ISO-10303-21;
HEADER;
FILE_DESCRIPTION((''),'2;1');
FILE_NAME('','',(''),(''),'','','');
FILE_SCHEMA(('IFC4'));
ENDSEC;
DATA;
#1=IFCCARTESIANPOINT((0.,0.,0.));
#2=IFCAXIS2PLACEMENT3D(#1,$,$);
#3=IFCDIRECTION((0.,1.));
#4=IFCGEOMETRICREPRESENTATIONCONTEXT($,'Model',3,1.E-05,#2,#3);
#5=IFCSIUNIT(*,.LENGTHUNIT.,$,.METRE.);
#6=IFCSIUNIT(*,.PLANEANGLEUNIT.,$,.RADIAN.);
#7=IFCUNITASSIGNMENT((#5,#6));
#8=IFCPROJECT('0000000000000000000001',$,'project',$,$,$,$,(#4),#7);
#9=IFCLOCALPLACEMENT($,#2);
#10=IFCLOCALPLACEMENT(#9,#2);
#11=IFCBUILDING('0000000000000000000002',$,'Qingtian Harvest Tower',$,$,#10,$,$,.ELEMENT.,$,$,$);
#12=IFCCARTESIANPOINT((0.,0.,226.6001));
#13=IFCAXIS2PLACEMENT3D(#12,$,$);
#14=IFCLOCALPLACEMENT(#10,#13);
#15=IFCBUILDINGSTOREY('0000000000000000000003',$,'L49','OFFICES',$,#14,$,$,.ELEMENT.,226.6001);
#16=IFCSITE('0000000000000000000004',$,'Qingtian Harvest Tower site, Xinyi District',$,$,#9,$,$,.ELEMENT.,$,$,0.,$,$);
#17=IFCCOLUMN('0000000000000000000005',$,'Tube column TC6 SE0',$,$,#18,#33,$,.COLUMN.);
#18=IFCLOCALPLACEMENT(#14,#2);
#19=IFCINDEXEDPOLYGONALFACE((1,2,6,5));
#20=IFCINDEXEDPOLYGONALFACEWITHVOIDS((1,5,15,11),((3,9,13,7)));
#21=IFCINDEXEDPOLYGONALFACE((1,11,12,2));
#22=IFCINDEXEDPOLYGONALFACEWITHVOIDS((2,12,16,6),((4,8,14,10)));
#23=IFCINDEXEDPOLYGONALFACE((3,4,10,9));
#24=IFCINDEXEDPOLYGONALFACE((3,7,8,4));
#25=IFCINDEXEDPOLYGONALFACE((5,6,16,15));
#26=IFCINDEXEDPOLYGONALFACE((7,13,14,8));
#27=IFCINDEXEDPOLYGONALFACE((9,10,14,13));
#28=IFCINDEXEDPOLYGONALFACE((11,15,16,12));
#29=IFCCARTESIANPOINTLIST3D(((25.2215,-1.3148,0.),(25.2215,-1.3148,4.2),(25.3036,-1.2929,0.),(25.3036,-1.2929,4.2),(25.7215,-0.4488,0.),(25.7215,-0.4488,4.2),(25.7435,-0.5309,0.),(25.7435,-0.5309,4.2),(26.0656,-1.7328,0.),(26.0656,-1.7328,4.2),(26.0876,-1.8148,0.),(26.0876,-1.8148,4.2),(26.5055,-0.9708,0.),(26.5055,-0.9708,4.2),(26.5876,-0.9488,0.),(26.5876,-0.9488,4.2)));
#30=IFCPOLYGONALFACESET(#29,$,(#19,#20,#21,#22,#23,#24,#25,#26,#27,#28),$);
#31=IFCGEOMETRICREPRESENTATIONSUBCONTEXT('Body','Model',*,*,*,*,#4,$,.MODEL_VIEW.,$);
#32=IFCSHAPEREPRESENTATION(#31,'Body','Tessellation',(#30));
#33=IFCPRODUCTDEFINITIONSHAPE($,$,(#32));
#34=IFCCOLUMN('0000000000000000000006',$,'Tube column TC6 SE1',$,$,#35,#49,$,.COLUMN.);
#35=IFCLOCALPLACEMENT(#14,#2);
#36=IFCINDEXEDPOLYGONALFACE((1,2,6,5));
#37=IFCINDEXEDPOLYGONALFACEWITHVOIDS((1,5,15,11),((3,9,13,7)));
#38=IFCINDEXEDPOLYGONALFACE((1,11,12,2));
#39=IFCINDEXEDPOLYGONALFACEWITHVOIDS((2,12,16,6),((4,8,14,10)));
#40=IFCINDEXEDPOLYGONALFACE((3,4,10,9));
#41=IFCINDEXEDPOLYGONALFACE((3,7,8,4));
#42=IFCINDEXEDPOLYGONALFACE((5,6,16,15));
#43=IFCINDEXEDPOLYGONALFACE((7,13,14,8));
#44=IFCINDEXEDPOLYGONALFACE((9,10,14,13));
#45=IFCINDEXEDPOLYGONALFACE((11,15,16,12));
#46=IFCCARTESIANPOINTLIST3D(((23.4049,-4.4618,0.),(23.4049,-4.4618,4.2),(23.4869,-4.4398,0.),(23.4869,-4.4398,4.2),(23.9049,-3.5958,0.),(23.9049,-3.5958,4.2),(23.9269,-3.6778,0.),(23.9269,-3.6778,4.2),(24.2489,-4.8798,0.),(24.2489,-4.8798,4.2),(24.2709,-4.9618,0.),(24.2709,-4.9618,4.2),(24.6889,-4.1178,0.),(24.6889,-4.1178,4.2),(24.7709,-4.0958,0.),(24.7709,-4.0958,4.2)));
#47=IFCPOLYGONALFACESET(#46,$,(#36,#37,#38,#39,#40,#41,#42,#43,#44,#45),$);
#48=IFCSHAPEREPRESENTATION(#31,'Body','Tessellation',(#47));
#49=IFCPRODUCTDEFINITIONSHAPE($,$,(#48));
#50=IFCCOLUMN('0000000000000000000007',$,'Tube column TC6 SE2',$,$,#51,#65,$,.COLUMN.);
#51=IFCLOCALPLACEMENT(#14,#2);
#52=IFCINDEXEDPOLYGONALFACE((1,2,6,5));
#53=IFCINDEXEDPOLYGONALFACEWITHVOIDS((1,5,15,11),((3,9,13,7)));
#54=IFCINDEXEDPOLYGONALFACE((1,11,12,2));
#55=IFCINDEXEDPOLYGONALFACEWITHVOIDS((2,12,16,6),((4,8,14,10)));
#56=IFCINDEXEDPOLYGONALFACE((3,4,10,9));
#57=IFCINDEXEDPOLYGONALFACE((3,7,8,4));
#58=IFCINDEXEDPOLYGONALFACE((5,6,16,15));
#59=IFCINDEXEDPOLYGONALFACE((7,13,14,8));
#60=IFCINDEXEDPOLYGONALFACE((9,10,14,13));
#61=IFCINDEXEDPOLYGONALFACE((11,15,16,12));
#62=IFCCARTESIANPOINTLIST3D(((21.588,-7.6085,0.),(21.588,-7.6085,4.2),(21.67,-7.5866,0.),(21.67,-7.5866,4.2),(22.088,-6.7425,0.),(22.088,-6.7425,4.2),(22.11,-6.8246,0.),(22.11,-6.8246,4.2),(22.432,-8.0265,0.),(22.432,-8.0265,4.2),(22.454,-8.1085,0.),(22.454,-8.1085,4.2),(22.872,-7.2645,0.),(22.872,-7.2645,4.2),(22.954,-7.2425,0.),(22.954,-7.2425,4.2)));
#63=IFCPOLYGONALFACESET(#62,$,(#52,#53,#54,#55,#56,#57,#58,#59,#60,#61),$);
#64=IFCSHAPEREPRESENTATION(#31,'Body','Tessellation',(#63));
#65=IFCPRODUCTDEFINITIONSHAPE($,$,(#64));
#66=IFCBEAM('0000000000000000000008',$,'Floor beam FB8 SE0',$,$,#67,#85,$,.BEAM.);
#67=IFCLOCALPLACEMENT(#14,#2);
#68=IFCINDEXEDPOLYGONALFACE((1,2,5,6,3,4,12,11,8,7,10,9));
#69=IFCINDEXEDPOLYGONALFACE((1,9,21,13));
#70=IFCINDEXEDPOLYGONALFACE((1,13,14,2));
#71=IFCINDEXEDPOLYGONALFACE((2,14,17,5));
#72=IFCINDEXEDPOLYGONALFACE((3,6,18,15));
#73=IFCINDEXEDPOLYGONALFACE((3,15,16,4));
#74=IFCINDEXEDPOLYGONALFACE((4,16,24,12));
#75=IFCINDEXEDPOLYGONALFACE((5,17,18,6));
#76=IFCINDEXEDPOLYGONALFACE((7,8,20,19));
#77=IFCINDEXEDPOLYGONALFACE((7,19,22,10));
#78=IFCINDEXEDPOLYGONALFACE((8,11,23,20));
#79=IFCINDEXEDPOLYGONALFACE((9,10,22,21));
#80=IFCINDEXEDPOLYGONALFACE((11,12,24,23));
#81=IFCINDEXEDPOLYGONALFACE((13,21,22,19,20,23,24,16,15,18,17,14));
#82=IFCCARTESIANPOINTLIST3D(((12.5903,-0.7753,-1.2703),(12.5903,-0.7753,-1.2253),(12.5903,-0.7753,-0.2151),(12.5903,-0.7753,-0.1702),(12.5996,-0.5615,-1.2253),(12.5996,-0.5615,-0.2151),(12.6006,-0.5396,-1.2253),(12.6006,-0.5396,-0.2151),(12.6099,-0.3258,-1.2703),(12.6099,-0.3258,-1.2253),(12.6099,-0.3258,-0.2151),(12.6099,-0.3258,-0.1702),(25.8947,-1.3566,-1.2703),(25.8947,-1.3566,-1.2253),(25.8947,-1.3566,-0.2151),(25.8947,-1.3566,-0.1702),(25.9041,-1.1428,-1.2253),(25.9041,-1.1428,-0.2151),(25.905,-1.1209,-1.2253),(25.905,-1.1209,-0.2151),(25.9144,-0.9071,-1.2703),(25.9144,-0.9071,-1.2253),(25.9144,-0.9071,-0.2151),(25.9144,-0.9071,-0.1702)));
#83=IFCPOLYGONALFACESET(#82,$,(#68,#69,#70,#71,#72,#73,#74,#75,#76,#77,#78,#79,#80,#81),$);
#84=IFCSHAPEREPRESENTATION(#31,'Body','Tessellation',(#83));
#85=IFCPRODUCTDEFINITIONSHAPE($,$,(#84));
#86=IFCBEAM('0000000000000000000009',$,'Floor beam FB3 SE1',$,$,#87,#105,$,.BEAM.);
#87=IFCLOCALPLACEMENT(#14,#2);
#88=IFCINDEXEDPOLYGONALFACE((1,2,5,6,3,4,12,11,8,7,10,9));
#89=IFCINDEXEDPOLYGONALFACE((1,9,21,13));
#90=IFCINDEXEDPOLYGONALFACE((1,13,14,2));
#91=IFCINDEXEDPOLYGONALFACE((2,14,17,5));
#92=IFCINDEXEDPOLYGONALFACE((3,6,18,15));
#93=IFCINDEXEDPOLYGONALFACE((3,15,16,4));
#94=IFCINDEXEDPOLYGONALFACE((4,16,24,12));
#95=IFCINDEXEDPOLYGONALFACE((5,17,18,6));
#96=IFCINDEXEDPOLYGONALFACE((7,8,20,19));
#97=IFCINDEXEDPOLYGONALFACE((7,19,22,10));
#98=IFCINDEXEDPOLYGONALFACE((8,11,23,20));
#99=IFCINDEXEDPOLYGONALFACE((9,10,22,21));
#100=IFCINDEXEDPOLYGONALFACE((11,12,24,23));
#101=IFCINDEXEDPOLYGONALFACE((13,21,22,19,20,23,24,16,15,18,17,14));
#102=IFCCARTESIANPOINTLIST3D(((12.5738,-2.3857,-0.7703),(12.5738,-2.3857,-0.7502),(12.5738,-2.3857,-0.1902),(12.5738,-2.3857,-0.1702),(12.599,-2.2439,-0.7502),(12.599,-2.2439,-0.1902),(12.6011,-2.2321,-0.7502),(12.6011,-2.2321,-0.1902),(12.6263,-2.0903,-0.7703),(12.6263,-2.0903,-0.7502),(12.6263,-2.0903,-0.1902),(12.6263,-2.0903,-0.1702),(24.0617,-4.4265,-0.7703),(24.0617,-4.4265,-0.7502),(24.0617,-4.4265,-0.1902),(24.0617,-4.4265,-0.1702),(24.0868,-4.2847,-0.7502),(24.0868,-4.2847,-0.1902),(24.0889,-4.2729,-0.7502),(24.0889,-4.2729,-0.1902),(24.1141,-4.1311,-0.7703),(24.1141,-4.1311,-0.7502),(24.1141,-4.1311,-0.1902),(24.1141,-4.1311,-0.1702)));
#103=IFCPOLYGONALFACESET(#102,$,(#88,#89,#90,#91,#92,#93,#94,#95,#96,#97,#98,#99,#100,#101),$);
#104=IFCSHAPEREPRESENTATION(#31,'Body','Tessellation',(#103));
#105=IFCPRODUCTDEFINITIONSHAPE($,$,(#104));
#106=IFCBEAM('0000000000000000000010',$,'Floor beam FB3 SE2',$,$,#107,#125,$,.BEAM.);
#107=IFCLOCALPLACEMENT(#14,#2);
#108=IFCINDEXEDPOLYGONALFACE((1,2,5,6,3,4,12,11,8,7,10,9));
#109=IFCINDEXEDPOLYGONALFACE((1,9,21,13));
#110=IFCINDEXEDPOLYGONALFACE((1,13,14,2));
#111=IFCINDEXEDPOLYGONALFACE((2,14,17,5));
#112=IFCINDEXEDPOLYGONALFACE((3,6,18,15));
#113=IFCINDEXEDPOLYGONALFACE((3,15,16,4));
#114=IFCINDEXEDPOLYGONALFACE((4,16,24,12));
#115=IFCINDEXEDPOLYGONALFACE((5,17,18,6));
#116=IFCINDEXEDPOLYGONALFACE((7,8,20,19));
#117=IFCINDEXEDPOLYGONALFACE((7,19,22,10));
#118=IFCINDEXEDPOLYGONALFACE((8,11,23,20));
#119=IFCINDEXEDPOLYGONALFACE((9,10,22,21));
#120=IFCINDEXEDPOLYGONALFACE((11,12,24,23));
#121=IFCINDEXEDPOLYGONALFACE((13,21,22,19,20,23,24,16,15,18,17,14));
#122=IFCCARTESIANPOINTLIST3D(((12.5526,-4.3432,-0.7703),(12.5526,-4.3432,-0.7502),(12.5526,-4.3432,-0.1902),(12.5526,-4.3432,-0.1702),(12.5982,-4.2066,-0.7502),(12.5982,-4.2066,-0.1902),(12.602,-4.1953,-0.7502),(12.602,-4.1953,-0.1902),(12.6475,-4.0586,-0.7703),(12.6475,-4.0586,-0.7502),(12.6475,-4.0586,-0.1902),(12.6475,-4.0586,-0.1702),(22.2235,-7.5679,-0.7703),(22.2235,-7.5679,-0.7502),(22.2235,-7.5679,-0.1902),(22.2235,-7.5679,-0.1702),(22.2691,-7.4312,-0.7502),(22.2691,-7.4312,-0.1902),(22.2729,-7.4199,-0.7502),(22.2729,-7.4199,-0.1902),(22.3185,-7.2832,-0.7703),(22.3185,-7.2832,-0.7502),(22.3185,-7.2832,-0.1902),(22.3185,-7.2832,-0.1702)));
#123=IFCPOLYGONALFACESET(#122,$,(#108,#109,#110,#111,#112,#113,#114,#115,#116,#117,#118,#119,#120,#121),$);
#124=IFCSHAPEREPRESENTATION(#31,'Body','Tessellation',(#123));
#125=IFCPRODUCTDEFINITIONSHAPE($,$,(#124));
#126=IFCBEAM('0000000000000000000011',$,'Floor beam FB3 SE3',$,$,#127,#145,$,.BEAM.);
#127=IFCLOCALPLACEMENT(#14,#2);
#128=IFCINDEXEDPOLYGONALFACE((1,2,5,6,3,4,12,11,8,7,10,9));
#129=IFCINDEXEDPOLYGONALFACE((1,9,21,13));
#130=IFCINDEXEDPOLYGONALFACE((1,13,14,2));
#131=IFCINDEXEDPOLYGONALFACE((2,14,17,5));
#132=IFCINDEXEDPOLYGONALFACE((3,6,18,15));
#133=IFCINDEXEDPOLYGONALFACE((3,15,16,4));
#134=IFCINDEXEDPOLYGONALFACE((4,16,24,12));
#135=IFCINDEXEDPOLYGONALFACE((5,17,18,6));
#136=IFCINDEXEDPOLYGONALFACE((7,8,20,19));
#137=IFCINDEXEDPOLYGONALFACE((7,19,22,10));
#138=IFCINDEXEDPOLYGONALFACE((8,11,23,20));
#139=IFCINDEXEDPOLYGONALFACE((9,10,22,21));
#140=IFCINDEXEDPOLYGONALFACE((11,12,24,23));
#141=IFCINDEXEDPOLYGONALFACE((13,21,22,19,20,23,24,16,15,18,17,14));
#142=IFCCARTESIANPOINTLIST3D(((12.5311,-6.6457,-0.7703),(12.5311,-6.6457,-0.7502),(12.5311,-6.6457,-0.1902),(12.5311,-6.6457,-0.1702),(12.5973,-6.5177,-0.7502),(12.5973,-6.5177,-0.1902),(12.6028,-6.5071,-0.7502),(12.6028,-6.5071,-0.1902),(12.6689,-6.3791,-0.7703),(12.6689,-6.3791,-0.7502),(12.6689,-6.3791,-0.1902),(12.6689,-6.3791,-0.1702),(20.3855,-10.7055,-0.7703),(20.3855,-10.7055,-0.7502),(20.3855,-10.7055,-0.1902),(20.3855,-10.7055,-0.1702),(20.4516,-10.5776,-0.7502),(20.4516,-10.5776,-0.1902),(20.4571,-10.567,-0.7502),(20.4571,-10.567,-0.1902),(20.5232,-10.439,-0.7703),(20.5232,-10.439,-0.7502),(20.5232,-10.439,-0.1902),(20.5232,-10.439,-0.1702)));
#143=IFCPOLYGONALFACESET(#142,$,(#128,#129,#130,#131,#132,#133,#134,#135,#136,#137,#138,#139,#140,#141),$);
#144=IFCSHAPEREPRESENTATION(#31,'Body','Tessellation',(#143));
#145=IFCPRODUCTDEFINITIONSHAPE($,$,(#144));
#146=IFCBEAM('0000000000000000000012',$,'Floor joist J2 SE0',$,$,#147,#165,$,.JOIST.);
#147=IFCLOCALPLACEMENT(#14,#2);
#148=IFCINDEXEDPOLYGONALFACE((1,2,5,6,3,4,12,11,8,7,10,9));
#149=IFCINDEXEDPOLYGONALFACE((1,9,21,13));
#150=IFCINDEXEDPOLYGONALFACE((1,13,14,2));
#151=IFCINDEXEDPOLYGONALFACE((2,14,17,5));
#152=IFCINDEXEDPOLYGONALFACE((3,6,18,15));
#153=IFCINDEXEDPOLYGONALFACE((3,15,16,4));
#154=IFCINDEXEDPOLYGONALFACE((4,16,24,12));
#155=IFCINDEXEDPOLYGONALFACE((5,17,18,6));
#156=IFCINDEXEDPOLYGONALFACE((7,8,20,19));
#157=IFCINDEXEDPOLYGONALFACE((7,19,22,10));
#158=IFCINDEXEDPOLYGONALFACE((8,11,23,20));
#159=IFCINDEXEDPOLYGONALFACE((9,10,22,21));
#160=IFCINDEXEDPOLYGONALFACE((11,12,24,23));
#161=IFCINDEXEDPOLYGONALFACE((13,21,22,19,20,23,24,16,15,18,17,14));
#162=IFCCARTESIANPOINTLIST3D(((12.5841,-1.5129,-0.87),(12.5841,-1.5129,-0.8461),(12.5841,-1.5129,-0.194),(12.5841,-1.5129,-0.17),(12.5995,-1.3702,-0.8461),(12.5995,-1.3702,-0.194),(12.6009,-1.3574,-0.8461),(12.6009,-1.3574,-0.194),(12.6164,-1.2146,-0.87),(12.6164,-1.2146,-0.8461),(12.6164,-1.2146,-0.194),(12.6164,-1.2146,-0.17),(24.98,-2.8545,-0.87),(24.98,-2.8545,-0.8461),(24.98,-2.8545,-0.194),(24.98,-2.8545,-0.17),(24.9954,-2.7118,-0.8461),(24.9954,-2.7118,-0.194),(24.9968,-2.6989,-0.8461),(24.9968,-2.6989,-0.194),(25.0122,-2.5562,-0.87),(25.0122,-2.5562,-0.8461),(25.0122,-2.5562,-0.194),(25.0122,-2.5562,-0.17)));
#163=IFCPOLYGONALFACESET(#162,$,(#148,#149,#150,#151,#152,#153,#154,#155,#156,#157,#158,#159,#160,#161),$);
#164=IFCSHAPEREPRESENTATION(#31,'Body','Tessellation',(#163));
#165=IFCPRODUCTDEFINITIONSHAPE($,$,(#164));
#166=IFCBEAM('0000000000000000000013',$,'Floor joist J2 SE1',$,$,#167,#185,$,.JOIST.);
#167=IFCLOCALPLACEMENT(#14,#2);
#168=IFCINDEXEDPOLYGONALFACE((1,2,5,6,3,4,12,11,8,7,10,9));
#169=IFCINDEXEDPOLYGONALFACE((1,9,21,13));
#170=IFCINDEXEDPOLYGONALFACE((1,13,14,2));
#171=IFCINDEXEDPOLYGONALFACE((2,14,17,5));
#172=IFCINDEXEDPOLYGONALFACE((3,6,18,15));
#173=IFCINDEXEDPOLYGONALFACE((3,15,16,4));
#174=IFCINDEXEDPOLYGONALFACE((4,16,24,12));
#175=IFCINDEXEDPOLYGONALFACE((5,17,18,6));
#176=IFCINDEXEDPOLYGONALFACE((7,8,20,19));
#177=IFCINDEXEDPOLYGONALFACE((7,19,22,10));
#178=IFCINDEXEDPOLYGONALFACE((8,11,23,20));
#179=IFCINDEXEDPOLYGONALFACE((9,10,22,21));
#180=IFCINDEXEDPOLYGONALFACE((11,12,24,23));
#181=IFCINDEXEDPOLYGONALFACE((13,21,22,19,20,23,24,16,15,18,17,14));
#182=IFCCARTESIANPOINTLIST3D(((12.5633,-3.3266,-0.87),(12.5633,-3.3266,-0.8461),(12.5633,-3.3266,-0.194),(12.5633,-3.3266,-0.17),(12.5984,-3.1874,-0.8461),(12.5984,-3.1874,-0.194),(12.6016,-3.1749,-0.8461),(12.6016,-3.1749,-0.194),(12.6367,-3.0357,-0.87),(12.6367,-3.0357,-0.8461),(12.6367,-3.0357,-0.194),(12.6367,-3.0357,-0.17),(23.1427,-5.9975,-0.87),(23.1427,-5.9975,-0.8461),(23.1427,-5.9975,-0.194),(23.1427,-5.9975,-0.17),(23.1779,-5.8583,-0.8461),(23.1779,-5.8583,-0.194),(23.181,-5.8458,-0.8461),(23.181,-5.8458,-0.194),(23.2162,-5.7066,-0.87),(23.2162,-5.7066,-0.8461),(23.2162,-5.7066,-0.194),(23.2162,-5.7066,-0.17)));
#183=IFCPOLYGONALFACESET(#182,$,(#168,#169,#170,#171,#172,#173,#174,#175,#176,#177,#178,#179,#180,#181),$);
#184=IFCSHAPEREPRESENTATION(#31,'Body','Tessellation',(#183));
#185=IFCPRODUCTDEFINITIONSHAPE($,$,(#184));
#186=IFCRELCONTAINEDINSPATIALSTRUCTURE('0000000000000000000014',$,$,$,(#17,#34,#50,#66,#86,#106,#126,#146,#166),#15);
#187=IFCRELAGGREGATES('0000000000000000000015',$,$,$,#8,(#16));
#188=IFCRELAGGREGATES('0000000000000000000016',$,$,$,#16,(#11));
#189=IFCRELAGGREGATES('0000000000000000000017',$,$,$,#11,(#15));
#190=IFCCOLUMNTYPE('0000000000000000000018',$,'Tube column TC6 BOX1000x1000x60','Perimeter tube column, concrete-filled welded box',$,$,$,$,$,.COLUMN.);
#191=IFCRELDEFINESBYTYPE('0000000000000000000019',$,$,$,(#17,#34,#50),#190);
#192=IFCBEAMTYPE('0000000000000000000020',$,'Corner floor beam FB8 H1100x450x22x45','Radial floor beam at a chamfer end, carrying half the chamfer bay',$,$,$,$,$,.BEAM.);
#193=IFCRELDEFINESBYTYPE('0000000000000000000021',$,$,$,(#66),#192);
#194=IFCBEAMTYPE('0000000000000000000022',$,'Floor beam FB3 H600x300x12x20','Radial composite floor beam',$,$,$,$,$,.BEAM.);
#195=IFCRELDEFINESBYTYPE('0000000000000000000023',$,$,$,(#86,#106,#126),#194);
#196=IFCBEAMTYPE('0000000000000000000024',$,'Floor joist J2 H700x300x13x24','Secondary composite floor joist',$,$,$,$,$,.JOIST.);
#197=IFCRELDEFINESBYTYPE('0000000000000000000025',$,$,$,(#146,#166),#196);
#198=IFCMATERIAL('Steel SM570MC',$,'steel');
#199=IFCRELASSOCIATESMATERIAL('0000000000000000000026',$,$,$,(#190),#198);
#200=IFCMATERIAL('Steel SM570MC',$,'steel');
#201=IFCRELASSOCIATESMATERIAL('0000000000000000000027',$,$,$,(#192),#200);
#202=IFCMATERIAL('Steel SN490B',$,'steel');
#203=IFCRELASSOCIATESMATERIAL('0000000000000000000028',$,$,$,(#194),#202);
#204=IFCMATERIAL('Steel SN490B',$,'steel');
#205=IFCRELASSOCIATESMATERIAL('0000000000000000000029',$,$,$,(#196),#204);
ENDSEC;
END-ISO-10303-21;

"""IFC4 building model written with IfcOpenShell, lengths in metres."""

from ifc_helpers import new_model, si_unit, direction, frame, origin, origin_2d, place, context, subcontext, project, spatial, hollow_rectangle, i_section, extrude, material, material_profile, profile_set, type_object, element, save


model = new_model("IFC4")

# Units and contexts
model_context = context("Model", 3, precision=1e-05, world=origin(), true_north=direction((0.0, 1.0)))
body_context = subcontext(model_context, "Body", "Model", "MODEL_VIEW")
ifc_project = project(units=[si_unit("LENGTHUNIT", "METRE"), si_unit("PLANEANGLEUNIT", "RADIAN")], contexts=[model_context])

# Site, building, storey
site_placement = place(None, origin())
site = spatial("IfcSite", under=ifc_project, at=site_placement, Name="Qingtian Harvest Tower site, Xinyi District", CompositionType="ELEMENT", RefElevation=0.0)
building_placement = place(site_placement, origin())
building = spatial("IfcBuilding", under=site, at=building_placement, Name="Qingtian Harvest Tower", CompositionType="ELEMENT")
storey_placement = place(building_placement, frame((0.0, 0.0, 226.6001)))
storey = spatial("IfcBuildingStorey", under=building, at=storey_placement, Name="L49", Description="OFFICES", CompositionType="ELEMENT", Elevation=226.6001)

# Columns
ifc_material_1 = material(Name="Steel SM570MC", Category="steel")
ifc_material_profile_1 = material_profile(ifc_material_1, hollow_rectangle(XDim=1.0, YDim=1.0, WallThickness=0.0601, at=origin_2d()), Name="BOX1000x1000x60")
ifc_profile_set_1 = profile_set([ifc_material_profile_1], Name="Steel SM570MC")
column_type = type_object("IfcColumnType", Name="Tube column TC6 BOX1000x1000x60", Description="Perimeter tube column, concrete-filled welded box", PredefinedType="COLUMN", material=ifc_profile_set_1)
for number, where, z_axis, x_axis, name in (
    (1, (25.9045, -1.1318, 0.0), (0.0, 0.0, 1.0), (0.5, 0.866025, 0.0), "Tube column TC6 SE0"),
    (2, (24.0879, -4.2788, 0.0), (0.0, 0.0, 1.0), (0.5, 0.866025, 0.0), "Tube column TC6 SE1"),
    (3, (22.271, -7.4255, 0.0), (0.0, 0.0, 1.0), (0.5, 0.866025, 0.0), "Tube column TC6 SE2"),
):
    element("IfcColumn", number, at=place(storey_placement, frame(where, z_axis=z_axis, x_axis=x_axis)), inside=storey, type_object=column_type, Name=name, PredefinedType="COLUMN", context=body_context, shape_type="SweptSolid", body=[
        extrude(hollow_rectangle(XDim=1.0, YDim=1.0, WallThickness=0.0601, at=origin_2d()), origin(), (0.0, 0.0, 1.0), 4.2),
    ])

# Beams
ifc_material_2 = material(Name="Steel SM570MC", Category="steel")
ifc_material_profile_2 = material_profile(ifc_material_2, i_section(OverallWidth=0.45, OverallDepth=1.1001, WebThickness=0.022, FlangeThickness=0.0449, at=origin_2d()), Name="H1100x450x22x45")
ifc_profile_set_2 = profile_set([ifc_material_profile_2], Name="Steel SM570MC")
beam_type_1 = type_object("IfcBeamType", Name="Corner floor beam FB8 H1100x450x22x45", Description="Radial floor beam at a chamfer end, carrying half the chamfer bay", PredefinedType="BEAM", material=ifc_profile_set_2)
beam_1_placement = place(storey_placement, frame((25.9045, -1.1318, -0.7202), z_axis=(-0.999047, 0.04365, 0.0), x_axis=(-0.04365, -0.999047, 0.0)))
element("IfcBeam", 4, at=beam_1_placement, inside=storey, type_object=beam_type_1, Name="Floor beam FB8 SE0", PredefinedType="BEAM", context=body_context, shape_type="SweptSolid", body=[
    extrude(i_section(OverallWidth=0.45, OverallDepth=1.1001, WebThickness=0.022, FlangeThickness=0.0449, at=origin_2d()), origin(), (0.0, 0.0, 1.0), 13.3171),
])
ifc_material_3 = material(Name="Steel SN490B", Category="steel")
ifc_material_profile_3 = material_profile(ifc_material_3, i_section(OverallWidth=0.3, OverallDepth=0.6001, WebThickness=0.012, FlangeThickness=0.02, at=origin_2d()), Name="H600x300x12x20")
ifc_profile_set_3 = profile_set([ifc_material_profile_3], Name="Steel SN490B")
beam_type_2 = type_object("IfcBeamType", Name="Floor beam FB3 H600x300x12x20", Description="Radial composite floor beam", PredefinedType="BEAM", material=ifc_profile_set_3)
beam_2_placement = place(storey_placement, frame((24.0879, -4.2788, -0.4702), z_axis=(-0.984585, 0.174908, 0.0), x_axis=(-0.174908, -0.984585, 0.0)))
element("IfcBeam", 5, at=beam_2_placement, inside=storey, type_object=beam_type_2, Name="Floor beam FB3 SE1", PredefinedType="BEAM", context=body_context, shape_type="SweptSolid", body=[
    extrude(i_section(OverallWidth=0.3, OverallDepth=0.6001, WebThickness=0.012, FlangeThickness=0.02, at=origin_2d()), origin(), (0.0, 0.0, 1.0), 11.6677),
])
beam_3_placement = place(storey_placement, frame((22.271, -7.4255, -0.4702), z_axis=(-0.948655, 0.316314, 0.0), x_axis=(-0.316314, -0.948655, 0.0)))
element("IfcBeam", 6, at=beam_3_placement, inside=storey, type_object=beam_type_2, Name="Floor beam FB3 SE2", PredefinedType="BEAM", context=body_context, shape_type="SweptSolid", body=[
    extrude(i_section(OverallWidth=0.3, OverallDepth=0.6001, WebThickness=0.012, FlangeThickness=0.02, at=origin_2d()), origin(), (0.0, 0.0, 1.0), 10.1943),
])
beam_4_placement = place(storey_placement, frame((20.4543, -10.5723, -0.4702), z_axis=(-0.888344, 0.45918, 0.0), x_axis=(-0.45918, -0.888344, 0.0)))
element("IfcBeam", 7, at=beam_4_placement, inside=storey, type_object=beam_type_2, Name="Floor beam FB3 SE3", PredefinedType="BEAM", context=body_context, shape_type="SweptSolid", body=[
    extrude(i_section(OverallWidth=0.3, OverallDepth=0.6001, WebThickness=0.012, FlangeThickness=0.02, at=origin_2d()), origin(), (0.0, 0.0, 1.0), 8.8416),
])
ifc_material_4 = material(Name="Steel SN490B", Category="steel")
ifc_material_profile_4 = material_profile(ifc_material_4, i_section(OverallWidth=0.3, OverallDepth=0.7, WebThickness=0.0129, FlangeThickness=0.0239, at=origin_2d()), Name="H700x300x13x24")
ifc_profile_set_4 = profile_set([ifc_material_profile_4], Name="Steel SN490B")
beam_type_3 = type_object("IfcBeamType", Name="Floor joist J2 H700x300x13x24", Description="Secondary composite floor joist", PredefinedType="JOIST", material=ifc_profile_set_4)
beam_5_placement = place(storey_placement, frame((24.9961, -2.7053, -0.52), z_axis=(-0.994195, 0.107596, 0.0), x_axis=(-0.107596, -0.994195, 0.0)))
element("IfcBeam", 8, at=beam_5_placement, inside=storey, type_object=beam_type_3, Name="Floor joist J2 SE0", PredefinedType="JOIST", context=body_context, shape_type="SweptSolid", body=[
    extrude(i_section(OverallWidth=0.3, OverallDepth=0.7, WebThickness=0.0129, FlangeThickness=0.0239, at=origin_2d()), origin(), (0.0, 0.0, 1.0), 12.4683),
])
beam_6_placement = place(storey_placement, frame((23.1794, -5.8521, -0.52), z_axis=(-0.969578, 0.244783, 0.0), x_axis=(-0.244783, -0.969578, 0.0)))
element("IfcBeam", 9, at=beam_6_placement, inside=storey, type_object=beam_type_3, Name="Floor joist J2 SE1", PredefinedType="JOIST", context=body_context, shape_type="SweptSolid", body=[
    extrude(i_section(OverallWidth=0.3, OverallDepth=0.7, WebThickness=0.0129, FlangeThickness=0.0239, at=origin_2d()), origin(), (0.0, 0.0, 1.0), 10.9114),
])

save(model, "model.ifc")
